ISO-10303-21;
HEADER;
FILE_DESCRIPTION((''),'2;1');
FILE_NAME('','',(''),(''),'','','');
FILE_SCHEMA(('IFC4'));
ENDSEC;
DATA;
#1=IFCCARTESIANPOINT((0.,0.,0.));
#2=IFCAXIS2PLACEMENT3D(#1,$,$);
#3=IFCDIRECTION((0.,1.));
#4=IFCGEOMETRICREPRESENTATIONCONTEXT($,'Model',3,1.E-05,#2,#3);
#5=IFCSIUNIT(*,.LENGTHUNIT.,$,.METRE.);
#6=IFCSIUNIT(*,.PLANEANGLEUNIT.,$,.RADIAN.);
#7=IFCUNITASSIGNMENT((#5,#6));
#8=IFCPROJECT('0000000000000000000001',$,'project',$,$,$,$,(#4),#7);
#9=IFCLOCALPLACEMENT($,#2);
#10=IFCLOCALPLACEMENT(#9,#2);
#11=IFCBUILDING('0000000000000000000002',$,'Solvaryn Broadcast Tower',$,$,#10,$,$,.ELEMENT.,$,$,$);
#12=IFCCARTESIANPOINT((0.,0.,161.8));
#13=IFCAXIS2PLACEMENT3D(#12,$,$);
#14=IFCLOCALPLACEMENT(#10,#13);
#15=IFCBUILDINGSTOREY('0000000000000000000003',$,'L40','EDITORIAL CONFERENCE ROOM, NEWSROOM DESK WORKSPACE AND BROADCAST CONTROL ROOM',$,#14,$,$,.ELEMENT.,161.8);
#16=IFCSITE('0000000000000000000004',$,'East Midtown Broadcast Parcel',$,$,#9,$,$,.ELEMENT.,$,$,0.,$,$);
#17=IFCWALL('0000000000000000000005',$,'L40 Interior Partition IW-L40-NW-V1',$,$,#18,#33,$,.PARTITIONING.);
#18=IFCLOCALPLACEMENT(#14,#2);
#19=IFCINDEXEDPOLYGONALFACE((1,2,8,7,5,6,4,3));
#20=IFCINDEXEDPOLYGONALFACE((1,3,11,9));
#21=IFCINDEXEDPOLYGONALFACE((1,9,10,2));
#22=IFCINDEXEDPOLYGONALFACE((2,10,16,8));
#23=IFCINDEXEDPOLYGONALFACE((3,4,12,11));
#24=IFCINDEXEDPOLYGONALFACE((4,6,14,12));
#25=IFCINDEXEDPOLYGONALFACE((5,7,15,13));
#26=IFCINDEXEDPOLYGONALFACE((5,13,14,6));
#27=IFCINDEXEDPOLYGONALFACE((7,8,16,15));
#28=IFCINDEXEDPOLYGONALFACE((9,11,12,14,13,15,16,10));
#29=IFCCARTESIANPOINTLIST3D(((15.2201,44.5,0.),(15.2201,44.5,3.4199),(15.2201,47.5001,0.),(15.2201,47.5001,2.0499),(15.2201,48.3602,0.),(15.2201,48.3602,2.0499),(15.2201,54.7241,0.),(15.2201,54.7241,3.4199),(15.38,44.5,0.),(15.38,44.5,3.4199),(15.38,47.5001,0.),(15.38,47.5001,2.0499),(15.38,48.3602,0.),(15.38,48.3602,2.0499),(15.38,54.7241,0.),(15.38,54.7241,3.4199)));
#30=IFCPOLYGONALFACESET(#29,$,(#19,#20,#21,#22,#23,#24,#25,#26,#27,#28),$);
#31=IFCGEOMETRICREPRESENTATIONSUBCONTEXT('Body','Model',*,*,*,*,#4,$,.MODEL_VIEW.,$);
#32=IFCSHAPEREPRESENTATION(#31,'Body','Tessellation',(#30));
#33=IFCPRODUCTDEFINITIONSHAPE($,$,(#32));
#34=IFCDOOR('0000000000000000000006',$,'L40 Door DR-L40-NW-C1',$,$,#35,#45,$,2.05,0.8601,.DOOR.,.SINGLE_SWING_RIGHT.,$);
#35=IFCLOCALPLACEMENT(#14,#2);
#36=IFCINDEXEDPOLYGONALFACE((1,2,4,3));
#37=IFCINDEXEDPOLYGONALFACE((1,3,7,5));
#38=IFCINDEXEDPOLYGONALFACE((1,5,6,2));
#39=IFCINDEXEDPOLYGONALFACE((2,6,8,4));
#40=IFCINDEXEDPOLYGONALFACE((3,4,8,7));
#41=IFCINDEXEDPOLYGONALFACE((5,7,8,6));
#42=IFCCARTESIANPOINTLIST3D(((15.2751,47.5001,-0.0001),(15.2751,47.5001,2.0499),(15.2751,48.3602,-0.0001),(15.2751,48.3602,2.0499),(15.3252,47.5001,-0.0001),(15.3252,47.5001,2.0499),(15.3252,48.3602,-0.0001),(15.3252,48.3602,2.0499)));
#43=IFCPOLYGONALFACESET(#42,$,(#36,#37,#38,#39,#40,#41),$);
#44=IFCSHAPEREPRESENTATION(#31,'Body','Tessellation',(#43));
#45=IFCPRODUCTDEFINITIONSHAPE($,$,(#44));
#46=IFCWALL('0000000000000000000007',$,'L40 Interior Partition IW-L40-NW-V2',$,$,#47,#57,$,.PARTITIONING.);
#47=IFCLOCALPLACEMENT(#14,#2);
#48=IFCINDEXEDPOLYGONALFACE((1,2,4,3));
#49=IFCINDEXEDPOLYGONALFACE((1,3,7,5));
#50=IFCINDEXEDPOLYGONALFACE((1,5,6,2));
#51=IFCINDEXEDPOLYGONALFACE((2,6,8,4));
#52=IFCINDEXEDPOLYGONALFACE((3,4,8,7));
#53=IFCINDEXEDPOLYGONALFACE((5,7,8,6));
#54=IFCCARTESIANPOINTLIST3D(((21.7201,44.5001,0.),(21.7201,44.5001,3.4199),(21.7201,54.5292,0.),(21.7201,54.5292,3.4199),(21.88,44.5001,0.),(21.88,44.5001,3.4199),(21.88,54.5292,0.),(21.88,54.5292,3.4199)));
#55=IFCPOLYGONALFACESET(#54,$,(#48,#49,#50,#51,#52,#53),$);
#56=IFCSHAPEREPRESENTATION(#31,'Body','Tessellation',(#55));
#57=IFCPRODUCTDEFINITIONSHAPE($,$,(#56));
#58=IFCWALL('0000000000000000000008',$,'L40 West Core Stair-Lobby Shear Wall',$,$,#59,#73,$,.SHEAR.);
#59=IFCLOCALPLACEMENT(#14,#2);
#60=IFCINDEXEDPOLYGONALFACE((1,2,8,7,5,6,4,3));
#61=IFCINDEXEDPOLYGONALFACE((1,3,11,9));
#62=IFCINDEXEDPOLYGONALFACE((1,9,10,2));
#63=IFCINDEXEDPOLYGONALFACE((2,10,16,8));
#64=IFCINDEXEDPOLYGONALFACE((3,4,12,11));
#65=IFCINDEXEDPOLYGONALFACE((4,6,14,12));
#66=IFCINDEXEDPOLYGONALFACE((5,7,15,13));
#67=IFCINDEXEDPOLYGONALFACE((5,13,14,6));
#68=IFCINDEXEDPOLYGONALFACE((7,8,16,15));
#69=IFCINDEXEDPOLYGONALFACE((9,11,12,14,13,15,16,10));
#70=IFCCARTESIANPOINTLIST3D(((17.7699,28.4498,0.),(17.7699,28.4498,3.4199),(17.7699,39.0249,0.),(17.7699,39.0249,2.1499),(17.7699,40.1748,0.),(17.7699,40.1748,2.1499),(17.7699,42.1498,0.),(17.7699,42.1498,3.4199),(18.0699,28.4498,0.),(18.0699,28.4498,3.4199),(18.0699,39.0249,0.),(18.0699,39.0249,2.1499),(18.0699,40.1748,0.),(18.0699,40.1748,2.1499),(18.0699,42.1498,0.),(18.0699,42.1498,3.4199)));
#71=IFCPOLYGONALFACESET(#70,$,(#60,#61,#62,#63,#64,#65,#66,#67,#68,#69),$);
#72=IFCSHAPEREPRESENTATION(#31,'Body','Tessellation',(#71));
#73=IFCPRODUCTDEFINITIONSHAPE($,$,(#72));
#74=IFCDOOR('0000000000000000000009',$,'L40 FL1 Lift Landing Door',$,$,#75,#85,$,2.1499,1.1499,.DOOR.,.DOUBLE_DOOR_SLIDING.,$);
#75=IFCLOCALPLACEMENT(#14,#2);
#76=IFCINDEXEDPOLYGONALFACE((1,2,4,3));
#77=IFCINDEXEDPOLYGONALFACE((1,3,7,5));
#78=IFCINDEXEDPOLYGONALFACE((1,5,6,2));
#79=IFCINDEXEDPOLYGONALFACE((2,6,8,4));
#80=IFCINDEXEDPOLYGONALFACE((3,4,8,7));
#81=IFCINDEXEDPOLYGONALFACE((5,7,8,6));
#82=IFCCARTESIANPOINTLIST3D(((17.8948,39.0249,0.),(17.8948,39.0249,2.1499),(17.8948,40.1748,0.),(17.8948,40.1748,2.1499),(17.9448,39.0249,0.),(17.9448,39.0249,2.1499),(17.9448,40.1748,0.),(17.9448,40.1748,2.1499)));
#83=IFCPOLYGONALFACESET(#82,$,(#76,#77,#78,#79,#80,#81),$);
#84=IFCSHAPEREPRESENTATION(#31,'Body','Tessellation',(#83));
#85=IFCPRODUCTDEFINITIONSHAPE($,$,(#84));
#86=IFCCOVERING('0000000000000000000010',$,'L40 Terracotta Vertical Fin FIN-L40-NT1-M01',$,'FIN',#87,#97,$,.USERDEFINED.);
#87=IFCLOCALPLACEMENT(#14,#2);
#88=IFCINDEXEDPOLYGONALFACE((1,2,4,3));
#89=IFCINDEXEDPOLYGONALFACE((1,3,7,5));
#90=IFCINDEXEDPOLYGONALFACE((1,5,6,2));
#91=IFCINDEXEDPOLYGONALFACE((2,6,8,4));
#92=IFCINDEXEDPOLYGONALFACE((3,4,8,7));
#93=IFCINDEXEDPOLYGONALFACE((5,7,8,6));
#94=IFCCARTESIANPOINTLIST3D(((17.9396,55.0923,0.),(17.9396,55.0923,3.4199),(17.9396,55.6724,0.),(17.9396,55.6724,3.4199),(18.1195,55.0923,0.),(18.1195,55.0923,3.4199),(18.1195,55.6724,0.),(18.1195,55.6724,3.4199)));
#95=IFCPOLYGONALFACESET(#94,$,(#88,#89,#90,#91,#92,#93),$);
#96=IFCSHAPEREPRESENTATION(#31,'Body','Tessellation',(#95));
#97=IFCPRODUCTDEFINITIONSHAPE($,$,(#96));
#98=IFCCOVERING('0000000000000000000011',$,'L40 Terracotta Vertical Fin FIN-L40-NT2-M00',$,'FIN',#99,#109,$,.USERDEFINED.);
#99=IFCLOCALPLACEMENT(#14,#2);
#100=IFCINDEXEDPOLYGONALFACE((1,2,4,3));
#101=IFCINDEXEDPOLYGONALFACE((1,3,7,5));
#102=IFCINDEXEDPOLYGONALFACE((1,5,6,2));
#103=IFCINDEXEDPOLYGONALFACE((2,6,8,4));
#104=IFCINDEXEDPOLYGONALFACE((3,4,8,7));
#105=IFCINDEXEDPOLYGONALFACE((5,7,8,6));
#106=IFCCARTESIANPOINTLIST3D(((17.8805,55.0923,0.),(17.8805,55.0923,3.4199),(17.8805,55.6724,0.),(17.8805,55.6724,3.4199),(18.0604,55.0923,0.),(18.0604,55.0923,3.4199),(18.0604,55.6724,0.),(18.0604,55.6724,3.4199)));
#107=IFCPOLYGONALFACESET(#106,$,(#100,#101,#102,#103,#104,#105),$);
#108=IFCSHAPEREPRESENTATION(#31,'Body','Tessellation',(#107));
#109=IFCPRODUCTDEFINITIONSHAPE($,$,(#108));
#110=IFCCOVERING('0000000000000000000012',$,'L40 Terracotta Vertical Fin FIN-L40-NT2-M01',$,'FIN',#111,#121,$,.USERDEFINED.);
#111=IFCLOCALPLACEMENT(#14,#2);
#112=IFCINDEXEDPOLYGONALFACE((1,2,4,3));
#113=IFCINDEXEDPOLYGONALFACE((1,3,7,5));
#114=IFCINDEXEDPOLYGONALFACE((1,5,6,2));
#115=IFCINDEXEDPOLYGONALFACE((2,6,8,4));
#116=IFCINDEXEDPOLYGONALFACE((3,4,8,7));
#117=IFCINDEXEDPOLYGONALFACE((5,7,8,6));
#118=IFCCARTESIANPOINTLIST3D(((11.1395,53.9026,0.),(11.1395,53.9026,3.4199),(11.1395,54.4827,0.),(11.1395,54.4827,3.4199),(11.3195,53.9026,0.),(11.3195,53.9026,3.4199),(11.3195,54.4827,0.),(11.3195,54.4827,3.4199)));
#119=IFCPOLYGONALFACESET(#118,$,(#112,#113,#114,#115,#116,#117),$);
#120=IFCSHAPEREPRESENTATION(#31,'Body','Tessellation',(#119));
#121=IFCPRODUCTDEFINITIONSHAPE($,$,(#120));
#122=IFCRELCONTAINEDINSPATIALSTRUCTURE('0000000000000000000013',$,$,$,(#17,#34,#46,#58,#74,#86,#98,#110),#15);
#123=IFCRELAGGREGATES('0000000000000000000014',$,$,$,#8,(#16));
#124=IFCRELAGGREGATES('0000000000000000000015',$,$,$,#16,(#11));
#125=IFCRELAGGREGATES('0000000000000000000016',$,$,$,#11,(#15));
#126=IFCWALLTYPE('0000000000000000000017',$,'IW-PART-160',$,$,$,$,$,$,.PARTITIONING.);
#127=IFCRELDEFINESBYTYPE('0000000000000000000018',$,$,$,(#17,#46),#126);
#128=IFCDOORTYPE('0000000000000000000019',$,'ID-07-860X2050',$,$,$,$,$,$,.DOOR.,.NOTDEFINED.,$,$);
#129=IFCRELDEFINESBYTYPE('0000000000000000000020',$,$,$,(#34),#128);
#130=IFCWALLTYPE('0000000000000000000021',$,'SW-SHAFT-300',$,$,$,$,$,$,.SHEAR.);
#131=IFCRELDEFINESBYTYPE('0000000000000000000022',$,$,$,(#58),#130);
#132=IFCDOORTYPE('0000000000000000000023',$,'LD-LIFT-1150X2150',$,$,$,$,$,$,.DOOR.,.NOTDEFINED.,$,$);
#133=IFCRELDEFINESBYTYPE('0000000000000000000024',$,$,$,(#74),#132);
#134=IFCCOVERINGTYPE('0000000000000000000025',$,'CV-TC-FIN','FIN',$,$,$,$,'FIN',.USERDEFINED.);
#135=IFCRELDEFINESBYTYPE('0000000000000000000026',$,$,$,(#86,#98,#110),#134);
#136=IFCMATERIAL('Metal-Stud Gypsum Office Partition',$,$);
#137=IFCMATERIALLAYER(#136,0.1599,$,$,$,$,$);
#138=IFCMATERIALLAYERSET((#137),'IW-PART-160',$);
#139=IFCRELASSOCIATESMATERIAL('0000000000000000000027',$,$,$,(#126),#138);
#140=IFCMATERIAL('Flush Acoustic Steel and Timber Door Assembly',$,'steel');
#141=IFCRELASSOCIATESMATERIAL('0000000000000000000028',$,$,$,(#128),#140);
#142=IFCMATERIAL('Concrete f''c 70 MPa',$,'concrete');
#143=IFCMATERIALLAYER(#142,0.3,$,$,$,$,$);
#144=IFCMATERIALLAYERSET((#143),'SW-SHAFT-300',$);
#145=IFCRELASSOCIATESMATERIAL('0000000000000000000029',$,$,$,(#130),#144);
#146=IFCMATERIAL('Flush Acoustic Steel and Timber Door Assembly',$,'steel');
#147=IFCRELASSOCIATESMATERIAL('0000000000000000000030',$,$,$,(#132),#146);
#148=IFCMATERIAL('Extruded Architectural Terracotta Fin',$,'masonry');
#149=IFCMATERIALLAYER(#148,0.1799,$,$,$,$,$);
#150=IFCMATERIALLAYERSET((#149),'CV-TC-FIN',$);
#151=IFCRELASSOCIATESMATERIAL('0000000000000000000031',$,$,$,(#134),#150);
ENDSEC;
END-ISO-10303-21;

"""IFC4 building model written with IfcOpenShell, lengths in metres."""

from ifc_helpers import new_model, si_unit, direction, frame, frame_2d, origin, origin_2d, place, context, subcontext, project, spatial, rectangle, extrude, material, layer, layer_set, type_object, element, fill, save


model = new_model("IFC4")

# Units and contexts
model_context = context("Model", 3, precision=1e-05, world=origin(), true_north=direction((0.0, 1.0)))
body_context = subcontext(model_context, "Body", "Model", "MODEL_VIEW")
ifc_project = project(units=[si_unit("LENGTHUNIT", "METRE"), si_unit("PLANEANGLEUNIT", "RADIAN")], contexts=[model_context])

# Site, building, storey
site_placement = place(None, origin())
site = spatial("IfcSite", under=ifc_project, at=site_placement, Name="East Midtown Broadcast Parcel", CompositionType="ELEMENT", RefElevation=0.0)
building_placement = place(site_placement, origin())
building = spatial("IfcBuilding", under=site, at=building_placement, Name="Solvaryn Broadcast Tower", CompositionType="ELEMENT")
storey_placement = place(building_placement, frame((0.0, 0.0, 161.8)))
storey = spatial("IfcBuildingStorey", under=building, at=storey_placement, Name="L40", Description="EDITORIAL CONFERENCE ROOM, NEWSROOM DESK WORKSPACE AND BROADCAST CONTROL ROOM", CompositionType="ELEMENT", Elevation=161.8)

# Shared definitions
ifc_material_1 = material(Name="Metal-Stud Gypsum Office Partition")
ifc_layer_1 = layer(ifc_material_1, 0.1599)
ifc_layer_set_1 = layer_set([ifc_layer_1], Name="IW-PART-160")
wall_type_1 = type_object("IfcWallType", Name="IW-PART-160", PredefinedType="PARTITIONING", material=ifc_layer_set_1)

# Wall, opening, door
wall_1_placement = place(storey_placement, frame((15.3, 44.5, 0.0), z_axis=(0.0, 0.0, 1.0), x_axis=(0.0, 1.0, 0.0)))
wall_1 = element("IfcWall", 1, at=wall_1_placement, inside=storey, type_object=wall_type_1, Name="L40 Interior Partition IW-L40-NW-V1", PredefinedType="PARTITIONING", context=body_context, shape_type="SweptSolid", body=[
    extrude(rectangle(XDim=10.2241, YDim=0.1599, at=frame_2d((5.1121, 0.0))), origin(), (0.0, 0.0, 1.0), 3.4199),
])
opening_1_placement = place(wall_1_placement, frame((3.0, 0.0, 0.0)))
opening_1 = element("IfcOpeningElement", 2, at=opening_1_placement, cuts=wall_1, PredefinedType="OPENING", context=body_context, shape_type="SweptSolid", body=[
    extrude(rectangle(XDim=0.8601, YDim=2.05, at=frame_2d((0.4302, 1.0249))), frame((0.0, 0.0901, 0.0), z_axis=(0.0, -1.0, 0.0), x_axis=(1.0, 0.0, 0.0)), (0.0, 0.0, 1.0), 0.1799),
])
ifc_material_2 = material(Name="Flush Acoustic Steel and Timber Door Assembly", Category="steel")
door_type_1 = type_object("IfcDoorType", Name="ID-07-860X2050", OperationType="NOTDEFINED", PredefinedType="DOOR", material=ifc_material_2)
door_1_placement = place(opening_1_placement, origin())
door_1 = element("IfcDoor", 3, at=door_1_placement, inside=storey, type_object=door_type_1, Name="L40 Door DR-L40-NW-C1", OperationType="SINGLE_SWING_RIGHT", OverallHeight=2.05, OverallWidth=0.8601, PredefinedType="DOOR", context=body_context, shape_type="SweptSolid", body=[
    extrude(rectangle(XDim=0.8601, YDim=2.05, at=frame_2d((0.4302, 1.0249))), frame((0.0, 0.0249, 0.0), z_axis=(0.0, -1.0, 0.0), x_axis=(1.0, 0.0, 0.0)), (0.0, 0.0, 1.0), 0.05),
])
fill(opening_1, door_1)

# Wall
wall_2_placement = place(storey_placement, frame((21.8, 44.5, 0.0), z_axis=(0.0, 0.0, 1.0), x_axis=(0.0, 1.0, 0.0)))
element("IfcWall", 4, at=wall_2_placement, inside=storey, type_object=wall_type_1, Name="L40 Interior Partition IW-L40-NW-V2", PredefinedType="PARTITIONING", context=body_context, shape_type="SweptSolid", body=[
    extrude(rectangle(XDim=10.0291, YDim=0.1599, at=frame_2d((5.0146, 0.0))), origin(), (0.0, 0.0, 1.0), 3.4199),
])

# Wall, opening, door
ifc_material_3 = material(Name="Concrete f'c 70 MPa", Category="concrete")
ifc_layer_2 = layer(ifc_material_3, 0.3)
ifc_layer_set_2 = layer_set([ifc_layer_2], Name="SW-SHAFT-300")
wall_type_2 = type_object("IfcWallType", Name="SW-SHAFT-300", PredefinedType="SHEAR", material=ifc_layer_set_2)
wall_3_placement = place(storey_placement, frame((17.9199, 42.1499, 0.0), z_axis=(0.0, 0.0, 1.0), x_axis=(0.0, -1.0, 0.0)))
wall_3 = element("IfcWall", 5, at=wall_3_placement, inside=storey, type_object=wall_type_2, Name="L40 West Core Stair-Lobby Shear Wall", PredefinedType="SHEAR", context=body_context, shape_type="SweptSolid", body=[
    extrude(rectangle(XDim=13.7, YDim=0.3, at=frame_2d((6.8501, 0.0))), origin(), (0.0, 0.0, 1.0), 3.4199),
])
opening_2_placement = place(wall_3_placement, frame((1.9751, 0.0, 0.0)))
opening_2 = element("IfcOpeningElement", 6, at=opening_2_placement, cuts=wall_3, PredefinedType="OPENING", context=body_context, shape_type="SweptSolid", body=[
    extrude(rectangle(XDim=1.1499, YDim=2.1499, at=frame_2d((0.575, 1.075))), frame((0.0, 0.1599, 0.0), z_axis=(0.0, -1.0, 0.0), x_axis=(1.0, 0.0, 0.0)), (0.0, 0.0, 1.0), 0.3201),
])
ifc_material_4 = material(Name="Flush Acoustic Steel and Timber Door Assembly", Category="steel")
door_type_2 = type_object("IfcDoorType", Name="LD-LIFT-1150X2150", OperationType="NOTDEFINED", PredefinedType="DOOR", material=ifc_material_4)
door_2_placement = place(opening_2_placement, origin())
door_2 = element("IfcDoor", 7, at=door_2_placement, inside=storey, type_object=door_type_2, Name="L40 FL1 Lift Landing Door", OperationType="DOUBLE_DOOR_SLIDING", OverallHeight=2.1499, OverallWidth=1.1499, PredefinedType="DOOR", context=body_context, shape_type="SweptSolid", body=[
    extrude(rectangle(XDim=1.1499, YDim=2.1499, at=frame_2d((0.575, 1.075))), frame((0.0, 0.0249, 0.0), z_axis=(0.0, -1.0, 0.0), x_axis=(1.0, 0.0, 0.0)), (0.0, 0.0, 1.0), 0.05),
])
fill(opening_2, door_2)

# Coverings
ifc_material_5 = material(Name="Extruded Architectural Terracotta Fin", Category="masonry")
ifc_layer_3 = layer(ifc_material_5, 0.1799)
ifc_layer_set_3 = layer_set([ifc_layer_3], Name="CV-TC-FIN")
covering_type = type_object("IfcCoveringType", Name="CV-TC-FIN", Description="FIN", ElementType="FIN", PredefinedType="USERDEFINED", material=ifc_layer_set_3)
for number, where, z_axis, x_axis, name in (
    (8, (18.0295, 55.3823, 0.0), (0.0, 0.0, 1.0), (1.0, 0.0, 0.0), "L40 Terracotta Vertical Fin FIN-L40-NT1-M01"),
    (9, (17.9705, 55.3823, 0.0), (0.0, 0.0, 1.0), (1.0, 0.0, 0.0), "L40 Terracotta Vertical Fin FIN-L40-NT2-M00"),
    (10, (11.2295, 54.1926, 0.0), (0.0, 0.0, 1.0), (1.0, 0.0, 0.0), "L40 Terracotta Vertical Fin FIN-L40-NT2-M01"),
):
    element("IfcCovering", number, at=place(storey_placement, frame(where, z_axis=z_axis, x_axis=x_axis)), inside=storey, type_object=covering_type, Name=name, ObjectType="FIN", PredefinedType="USERDEFINED", context=body_context, shape_type="SweptSolid", body=[
        extrude(rectangle(XDim=0.1799, YDim=0.5801, at=origin_2d()), origin(), (0.0, 0.0, 1.0), 3.4199),
    ])

save(model, "model.ifc")
